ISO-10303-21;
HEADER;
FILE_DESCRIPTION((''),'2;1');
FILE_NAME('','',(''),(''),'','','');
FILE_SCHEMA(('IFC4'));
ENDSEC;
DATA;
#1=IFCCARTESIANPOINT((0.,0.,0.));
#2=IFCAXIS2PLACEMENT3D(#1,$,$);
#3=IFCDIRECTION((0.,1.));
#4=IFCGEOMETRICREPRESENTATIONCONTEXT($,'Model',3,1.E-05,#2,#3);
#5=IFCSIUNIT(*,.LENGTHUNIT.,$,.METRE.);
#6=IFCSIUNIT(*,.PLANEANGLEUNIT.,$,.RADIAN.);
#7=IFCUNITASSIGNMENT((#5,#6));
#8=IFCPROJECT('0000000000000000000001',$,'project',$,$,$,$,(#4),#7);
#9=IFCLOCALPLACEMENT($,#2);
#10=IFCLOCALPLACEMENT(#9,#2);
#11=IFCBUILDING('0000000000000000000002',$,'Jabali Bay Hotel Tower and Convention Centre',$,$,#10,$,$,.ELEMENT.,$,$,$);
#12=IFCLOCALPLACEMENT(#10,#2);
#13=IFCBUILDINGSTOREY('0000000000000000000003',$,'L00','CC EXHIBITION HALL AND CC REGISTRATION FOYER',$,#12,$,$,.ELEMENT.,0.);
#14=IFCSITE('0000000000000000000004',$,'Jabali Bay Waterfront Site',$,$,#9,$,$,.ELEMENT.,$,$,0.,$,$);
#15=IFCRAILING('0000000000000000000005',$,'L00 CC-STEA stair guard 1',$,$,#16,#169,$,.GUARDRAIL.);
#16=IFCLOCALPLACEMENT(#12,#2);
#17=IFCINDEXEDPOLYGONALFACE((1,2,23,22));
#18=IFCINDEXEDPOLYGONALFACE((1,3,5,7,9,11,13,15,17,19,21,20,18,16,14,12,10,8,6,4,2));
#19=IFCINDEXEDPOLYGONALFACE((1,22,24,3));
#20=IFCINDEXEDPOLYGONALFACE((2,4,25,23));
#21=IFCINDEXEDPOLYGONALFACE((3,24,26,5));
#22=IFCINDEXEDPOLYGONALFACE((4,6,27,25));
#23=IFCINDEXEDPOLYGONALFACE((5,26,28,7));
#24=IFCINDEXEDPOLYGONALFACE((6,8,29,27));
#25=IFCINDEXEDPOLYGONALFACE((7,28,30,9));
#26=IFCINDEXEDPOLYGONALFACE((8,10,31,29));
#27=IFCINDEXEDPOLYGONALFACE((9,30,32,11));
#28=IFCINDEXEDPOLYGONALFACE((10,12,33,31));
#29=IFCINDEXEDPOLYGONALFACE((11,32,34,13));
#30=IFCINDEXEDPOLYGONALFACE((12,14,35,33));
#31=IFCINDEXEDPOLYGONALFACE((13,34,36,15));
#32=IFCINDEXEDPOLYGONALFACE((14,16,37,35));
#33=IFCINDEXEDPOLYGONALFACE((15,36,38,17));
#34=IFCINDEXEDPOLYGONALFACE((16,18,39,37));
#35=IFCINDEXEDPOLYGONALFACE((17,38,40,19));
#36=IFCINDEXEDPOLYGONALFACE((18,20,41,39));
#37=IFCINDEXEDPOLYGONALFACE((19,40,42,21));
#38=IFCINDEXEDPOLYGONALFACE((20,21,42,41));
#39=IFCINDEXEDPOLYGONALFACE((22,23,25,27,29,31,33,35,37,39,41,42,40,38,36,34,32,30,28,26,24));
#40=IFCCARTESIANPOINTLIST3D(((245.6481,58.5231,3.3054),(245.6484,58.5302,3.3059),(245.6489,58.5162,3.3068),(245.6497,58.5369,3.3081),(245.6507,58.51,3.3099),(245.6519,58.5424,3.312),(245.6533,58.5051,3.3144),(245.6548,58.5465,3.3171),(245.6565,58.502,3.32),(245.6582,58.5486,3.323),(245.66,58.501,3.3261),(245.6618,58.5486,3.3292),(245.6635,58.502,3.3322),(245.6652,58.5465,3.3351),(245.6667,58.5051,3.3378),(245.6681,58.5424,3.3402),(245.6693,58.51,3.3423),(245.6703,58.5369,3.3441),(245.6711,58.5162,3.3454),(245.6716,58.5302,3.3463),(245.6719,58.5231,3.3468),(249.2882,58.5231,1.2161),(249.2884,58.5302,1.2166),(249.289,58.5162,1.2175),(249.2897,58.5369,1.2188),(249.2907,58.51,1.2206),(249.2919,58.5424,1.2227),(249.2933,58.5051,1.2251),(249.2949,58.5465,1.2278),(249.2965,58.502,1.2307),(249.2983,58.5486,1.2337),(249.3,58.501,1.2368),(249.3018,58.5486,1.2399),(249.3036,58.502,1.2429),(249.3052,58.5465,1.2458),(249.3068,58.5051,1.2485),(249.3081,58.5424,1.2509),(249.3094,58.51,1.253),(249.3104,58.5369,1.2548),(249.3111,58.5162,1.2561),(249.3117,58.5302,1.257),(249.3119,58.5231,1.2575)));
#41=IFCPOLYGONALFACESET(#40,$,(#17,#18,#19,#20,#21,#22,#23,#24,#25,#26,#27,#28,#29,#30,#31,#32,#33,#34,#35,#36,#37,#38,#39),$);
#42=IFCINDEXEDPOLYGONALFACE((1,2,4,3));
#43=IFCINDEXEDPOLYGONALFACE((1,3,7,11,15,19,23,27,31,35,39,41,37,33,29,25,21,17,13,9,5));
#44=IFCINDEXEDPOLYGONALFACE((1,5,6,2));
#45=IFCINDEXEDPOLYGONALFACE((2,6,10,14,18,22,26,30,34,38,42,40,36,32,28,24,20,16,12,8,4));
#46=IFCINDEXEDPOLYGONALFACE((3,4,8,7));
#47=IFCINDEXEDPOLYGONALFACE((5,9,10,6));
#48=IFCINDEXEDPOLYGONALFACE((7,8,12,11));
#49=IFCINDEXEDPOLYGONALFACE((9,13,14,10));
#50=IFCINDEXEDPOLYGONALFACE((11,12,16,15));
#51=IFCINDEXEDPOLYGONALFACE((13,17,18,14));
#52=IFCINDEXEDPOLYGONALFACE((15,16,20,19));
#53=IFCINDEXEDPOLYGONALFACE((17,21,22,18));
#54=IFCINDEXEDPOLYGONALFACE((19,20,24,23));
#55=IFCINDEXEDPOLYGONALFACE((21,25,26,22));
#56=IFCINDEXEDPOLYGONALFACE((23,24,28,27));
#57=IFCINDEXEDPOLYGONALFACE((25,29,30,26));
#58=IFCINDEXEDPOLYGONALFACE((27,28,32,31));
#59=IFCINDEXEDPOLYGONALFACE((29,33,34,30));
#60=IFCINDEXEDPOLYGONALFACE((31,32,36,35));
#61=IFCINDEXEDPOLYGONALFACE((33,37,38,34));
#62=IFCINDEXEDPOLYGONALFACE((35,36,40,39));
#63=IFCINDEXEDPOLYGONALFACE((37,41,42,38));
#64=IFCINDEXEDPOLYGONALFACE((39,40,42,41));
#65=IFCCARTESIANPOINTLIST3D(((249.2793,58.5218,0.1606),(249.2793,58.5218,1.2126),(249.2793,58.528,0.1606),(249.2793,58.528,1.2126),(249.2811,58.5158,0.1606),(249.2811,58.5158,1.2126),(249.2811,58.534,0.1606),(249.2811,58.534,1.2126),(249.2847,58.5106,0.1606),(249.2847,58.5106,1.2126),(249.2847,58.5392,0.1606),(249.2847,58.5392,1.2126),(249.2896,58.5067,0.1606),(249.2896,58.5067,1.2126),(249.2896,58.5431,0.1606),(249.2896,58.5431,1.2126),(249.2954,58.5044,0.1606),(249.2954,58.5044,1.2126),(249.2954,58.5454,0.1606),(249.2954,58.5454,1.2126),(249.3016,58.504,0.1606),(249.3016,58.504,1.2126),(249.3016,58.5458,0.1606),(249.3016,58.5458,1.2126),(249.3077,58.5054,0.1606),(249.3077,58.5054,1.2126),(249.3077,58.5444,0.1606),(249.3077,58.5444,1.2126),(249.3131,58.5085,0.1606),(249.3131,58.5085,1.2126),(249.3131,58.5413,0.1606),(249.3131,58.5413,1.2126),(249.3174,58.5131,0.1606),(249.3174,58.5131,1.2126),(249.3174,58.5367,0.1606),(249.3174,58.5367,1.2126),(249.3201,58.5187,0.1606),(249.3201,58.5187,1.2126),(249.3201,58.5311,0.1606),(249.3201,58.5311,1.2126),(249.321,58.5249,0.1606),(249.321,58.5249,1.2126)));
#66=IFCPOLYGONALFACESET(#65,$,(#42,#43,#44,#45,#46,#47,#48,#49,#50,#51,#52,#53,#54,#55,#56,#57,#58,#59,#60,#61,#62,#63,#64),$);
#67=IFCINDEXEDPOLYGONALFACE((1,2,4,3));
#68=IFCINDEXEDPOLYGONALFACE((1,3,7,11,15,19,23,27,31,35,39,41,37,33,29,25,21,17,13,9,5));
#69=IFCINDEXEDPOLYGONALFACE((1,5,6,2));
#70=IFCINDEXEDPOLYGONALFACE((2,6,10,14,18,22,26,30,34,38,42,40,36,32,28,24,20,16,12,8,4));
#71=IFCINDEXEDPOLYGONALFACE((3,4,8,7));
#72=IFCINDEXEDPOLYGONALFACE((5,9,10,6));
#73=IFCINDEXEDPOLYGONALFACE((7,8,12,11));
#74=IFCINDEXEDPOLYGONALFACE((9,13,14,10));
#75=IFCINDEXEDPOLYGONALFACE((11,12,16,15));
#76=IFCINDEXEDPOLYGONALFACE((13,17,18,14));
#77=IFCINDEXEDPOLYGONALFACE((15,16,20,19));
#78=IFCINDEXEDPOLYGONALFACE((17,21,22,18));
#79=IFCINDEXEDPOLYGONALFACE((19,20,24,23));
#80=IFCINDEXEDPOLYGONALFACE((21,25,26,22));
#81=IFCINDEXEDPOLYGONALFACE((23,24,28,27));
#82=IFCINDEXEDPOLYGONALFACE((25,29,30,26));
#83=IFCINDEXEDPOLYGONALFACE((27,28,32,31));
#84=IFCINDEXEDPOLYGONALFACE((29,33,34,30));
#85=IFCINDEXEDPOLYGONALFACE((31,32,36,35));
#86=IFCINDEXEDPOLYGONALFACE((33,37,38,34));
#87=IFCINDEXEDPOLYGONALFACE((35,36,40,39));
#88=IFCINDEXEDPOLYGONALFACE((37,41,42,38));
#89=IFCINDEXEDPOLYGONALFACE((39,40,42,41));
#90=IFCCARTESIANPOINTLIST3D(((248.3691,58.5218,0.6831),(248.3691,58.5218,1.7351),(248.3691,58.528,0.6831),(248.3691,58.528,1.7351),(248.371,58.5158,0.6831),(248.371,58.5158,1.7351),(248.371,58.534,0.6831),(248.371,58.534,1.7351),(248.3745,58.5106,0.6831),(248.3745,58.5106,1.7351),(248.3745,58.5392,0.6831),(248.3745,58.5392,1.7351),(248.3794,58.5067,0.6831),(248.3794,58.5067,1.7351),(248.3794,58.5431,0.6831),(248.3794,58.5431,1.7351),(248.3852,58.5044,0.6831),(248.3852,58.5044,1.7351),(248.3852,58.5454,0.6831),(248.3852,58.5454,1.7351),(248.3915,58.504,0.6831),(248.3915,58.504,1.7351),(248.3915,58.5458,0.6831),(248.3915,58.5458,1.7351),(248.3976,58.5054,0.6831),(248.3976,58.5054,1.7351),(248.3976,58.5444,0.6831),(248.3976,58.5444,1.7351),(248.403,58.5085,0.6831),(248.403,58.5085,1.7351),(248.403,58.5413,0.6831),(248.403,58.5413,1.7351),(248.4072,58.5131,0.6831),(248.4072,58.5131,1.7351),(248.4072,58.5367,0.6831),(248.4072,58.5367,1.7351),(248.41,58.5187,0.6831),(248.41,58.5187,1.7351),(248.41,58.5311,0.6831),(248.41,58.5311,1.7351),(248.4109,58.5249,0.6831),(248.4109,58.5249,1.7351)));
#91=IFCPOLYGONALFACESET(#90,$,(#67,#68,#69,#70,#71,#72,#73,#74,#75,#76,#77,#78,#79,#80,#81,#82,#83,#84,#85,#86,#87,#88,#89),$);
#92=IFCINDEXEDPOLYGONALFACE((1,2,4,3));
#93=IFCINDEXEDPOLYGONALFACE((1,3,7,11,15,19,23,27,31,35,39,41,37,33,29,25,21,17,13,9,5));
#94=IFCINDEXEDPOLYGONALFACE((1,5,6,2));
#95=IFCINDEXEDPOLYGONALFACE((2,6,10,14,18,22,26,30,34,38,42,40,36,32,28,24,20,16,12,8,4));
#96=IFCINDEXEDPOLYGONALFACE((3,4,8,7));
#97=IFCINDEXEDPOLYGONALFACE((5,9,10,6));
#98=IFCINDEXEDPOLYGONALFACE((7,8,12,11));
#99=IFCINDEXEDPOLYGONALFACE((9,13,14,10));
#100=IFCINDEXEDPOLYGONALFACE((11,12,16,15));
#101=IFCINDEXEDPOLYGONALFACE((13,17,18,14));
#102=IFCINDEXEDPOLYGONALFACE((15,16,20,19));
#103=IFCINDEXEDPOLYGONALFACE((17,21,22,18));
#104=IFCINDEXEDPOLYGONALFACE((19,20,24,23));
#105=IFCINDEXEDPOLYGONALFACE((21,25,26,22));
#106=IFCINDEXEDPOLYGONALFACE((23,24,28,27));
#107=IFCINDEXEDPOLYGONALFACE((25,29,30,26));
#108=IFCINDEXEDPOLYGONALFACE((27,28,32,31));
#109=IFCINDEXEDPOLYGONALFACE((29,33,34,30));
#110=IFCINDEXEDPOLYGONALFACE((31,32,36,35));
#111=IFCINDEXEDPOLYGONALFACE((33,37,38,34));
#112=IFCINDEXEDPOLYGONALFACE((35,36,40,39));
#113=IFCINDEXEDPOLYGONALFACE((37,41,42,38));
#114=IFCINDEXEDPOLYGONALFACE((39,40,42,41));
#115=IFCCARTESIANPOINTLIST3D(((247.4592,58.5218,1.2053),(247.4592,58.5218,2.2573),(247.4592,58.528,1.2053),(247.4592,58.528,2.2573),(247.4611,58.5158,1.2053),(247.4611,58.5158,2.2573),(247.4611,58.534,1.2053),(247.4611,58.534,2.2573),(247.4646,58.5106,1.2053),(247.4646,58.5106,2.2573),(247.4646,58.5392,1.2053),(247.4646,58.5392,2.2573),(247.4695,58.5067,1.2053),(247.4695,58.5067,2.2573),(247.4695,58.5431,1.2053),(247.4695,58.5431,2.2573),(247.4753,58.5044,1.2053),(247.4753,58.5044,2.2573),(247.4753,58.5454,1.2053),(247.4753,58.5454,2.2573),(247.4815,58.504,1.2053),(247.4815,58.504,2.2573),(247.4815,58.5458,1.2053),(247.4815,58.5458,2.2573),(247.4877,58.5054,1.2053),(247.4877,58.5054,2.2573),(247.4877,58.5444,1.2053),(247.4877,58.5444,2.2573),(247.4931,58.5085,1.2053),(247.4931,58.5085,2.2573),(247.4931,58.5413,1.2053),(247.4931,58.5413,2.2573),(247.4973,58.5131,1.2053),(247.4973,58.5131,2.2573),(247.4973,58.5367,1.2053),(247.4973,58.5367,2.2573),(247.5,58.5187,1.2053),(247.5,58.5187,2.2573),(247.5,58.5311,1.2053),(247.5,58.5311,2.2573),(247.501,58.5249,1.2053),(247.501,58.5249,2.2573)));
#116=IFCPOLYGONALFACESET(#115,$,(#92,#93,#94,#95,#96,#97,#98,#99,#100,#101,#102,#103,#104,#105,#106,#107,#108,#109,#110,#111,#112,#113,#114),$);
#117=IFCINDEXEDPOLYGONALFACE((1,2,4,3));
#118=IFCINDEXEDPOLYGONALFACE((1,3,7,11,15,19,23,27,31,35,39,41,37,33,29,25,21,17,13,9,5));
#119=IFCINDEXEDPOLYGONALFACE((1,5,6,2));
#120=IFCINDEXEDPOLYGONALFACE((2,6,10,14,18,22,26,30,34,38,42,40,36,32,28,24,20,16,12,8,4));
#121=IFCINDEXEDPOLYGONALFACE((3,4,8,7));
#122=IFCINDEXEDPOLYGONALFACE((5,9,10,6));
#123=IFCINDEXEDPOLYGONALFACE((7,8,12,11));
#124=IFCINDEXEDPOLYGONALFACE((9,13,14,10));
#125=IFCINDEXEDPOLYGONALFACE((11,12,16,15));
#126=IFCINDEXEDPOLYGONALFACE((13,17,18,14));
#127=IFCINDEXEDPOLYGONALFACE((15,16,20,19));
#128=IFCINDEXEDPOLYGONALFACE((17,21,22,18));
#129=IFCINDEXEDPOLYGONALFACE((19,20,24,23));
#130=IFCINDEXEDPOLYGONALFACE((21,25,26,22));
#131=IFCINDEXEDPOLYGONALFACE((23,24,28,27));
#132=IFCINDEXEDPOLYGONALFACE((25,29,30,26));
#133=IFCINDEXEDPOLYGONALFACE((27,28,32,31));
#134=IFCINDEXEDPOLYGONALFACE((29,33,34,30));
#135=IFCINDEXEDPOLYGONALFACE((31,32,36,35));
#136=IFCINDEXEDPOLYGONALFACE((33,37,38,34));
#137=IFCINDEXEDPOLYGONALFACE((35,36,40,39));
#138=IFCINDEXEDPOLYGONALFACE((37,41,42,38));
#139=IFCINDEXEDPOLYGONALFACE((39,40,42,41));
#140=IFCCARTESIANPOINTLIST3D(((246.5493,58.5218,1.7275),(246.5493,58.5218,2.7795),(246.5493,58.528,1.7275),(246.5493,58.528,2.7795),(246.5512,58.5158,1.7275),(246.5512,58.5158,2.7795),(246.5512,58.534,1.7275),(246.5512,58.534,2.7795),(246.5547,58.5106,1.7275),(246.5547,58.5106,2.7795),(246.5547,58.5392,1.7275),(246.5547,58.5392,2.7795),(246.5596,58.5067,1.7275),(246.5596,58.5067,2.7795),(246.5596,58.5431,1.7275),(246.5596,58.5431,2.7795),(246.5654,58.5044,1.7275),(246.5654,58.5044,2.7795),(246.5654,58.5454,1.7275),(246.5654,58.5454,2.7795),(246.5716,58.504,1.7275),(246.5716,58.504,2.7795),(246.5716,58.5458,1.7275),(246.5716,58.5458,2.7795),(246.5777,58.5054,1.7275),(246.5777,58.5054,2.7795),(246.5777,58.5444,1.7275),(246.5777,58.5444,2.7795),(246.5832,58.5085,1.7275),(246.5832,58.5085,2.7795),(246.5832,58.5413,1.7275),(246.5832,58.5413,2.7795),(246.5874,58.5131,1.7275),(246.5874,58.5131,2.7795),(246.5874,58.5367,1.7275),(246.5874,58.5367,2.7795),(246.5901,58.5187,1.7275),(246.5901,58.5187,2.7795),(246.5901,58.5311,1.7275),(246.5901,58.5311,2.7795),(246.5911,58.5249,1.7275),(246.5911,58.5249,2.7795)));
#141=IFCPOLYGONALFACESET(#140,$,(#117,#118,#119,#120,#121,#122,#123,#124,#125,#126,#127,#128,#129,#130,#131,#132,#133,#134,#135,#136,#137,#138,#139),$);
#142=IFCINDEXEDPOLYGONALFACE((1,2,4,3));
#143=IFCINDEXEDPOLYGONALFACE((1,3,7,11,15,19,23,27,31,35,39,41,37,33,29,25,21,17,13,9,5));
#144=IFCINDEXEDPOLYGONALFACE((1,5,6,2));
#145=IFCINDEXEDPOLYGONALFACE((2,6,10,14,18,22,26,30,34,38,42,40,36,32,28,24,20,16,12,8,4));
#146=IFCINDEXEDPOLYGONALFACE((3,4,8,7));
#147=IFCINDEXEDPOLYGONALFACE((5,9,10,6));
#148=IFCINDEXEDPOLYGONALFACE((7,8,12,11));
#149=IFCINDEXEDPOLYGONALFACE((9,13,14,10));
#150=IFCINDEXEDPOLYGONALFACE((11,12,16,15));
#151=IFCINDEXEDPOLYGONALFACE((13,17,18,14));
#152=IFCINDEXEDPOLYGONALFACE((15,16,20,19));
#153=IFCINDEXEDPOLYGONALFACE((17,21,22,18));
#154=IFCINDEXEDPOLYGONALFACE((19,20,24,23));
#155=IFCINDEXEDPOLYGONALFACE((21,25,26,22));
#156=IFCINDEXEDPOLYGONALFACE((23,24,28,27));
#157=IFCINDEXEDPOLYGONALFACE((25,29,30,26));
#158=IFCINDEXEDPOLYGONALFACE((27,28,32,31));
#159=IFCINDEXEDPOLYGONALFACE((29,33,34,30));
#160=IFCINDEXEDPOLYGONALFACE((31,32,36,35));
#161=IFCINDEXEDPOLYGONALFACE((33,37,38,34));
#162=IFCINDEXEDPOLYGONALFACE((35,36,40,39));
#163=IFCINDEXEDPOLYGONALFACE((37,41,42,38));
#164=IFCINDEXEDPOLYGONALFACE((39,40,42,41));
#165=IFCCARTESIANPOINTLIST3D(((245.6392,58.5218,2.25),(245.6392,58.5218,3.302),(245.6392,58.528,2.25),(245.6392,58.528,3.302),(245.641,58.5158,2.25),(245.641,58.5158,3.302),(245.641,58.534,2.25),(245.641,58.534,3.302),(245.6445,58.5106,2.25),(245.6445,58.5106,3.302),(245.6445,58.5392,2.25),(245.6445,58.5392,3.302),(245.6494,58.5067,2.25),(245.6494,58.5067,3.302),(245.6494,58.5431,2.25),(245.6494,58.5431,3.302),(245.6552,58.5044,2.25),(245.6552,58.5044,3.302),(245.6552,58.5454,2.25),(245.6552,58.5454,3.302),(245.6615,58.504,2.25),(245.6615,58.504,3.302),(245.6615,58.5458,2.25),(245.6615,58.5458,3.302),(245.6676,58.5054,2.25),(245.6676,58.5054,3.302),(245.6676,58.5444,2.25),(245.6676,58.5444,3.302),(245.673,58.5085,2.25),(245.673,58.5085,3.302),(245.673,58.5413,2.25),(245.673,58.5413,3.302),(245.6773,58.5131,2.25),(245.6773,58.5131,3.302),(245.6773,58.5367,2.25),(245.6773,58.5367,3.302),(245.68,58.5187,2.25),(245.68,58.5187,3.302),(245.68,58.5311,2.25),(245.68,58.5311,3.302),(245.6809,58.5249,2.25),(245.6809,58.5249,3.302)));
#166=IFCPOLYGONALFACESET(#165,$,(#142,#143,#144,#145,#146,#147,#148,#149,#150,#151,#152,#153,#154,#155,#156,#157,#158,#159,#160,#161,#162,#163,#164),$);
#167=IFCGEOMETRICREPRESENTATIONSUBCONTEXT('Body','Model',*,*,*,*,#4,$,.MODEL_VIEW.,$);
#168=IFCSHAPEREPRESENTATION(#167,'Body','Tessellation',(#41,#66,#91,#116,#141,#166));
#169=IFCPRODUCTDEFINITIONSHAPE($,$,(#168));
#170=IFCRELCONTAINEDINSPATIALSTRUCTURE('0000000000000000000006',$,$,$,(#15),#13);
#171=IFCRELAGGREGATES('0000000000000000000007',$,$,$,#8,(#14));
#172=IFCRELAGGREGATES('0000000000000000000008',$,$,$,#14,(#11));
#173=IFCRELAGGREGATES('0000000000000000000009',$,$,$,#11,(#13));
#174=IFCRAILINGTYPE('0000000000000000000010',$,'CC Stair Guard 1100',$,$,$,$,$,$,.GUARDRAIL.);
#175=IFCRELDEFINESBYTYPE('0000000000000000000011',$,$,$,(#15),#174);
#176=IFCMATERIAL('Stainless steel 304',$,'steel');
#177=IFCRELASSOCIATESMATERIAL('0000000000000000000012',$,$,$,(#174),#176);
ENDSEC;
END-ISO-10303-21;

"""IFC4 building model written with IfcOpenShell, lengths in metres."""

from ifc_helpers import new_model, si_unit, direction, frame, origin, origin_2d, place, context, subcontext, project, spatial, circle, extrude, material, type_object, element, save


model = new_model("IFC4")

# Units and contexts
model_context = context("Model", 3, precision=1e-05, world=origin(), true_north=direction((0.0, 1.0)))
body_context = subcontext(model_context, "Body", "Model", "MODEL_VIEW")
ifc_project = project(units=[si_unit("LENGTHUNIT", "METRE"), si_unit("PLANEANGLEUNIT", "RADIAN")], contexts=[model_context])

# Site, building, storey
site_placement = place(None, origin())
site = spatial("IfcSite", under=ifc_project, at=site_placement, Name="Jabali Bay Waterfront Site", CompositionType="ELEMENT", RefElevation=0.0)
building_placement = place(site_placement, origin())
building = spatial("IfcBuilding", under=site, at=building_placement, Name="Jabali Bay Hotel Tower and Convention Centre", CompositionType="ELEMENT")
storey_placement = place(building_placement, origin())
storey = spatial("IfcBuildingStorey", under=building, at=storey_placement, Name="L00", Description="CC EXHIBITION HALL AND CC REGISTRATION FOYER", CompositionType="ELEMENT", Elevation=0.0)

# Railing
ifc_material_1 = material(Name="Stainless steel 304", Category="steel")
railing_type_1 = type_object("IfcRailingType", Name="CC Stair Guard 1100", PredefinedType="GUARDRAIL", material=ifc_material_1)
railing_1_placement = place(storey_placement, frame((249.3, 58.5249, 0.1606)))
element("IfcRailing", 1, at=railing_1_placement, inside=storey, type_object=railing_type_1, Name="L00 CC-STEA stair guard 1", PredefinedType="GUARDRAIL", context=body_context, shape_type="SweptSolid", body=[
    extrude(circle(Radius=0.0239, at=origin_2d()), frame((0.0, 0.0, 1.0762), z_axis=(-0.867289, 0.0, 0.497804), x_axis=(0.0, -1.0, 0.0)), (0.0, 0.0, 1.0), 4.197),
    extrude(circle(Radius=0.021, at=origin_2d()), origin(), (0.0, 0.0, 1.0), 1.052),
    extrude(circle(Radius=0.021, at=origin_2d()), frame((-0.9102, 0.0, 0.5225)), (0.0, 0.0, 1.0), 1.052),
    extrude(circle(Radius=0.021, at=origin_2d()), frame((-1.8201, 0.0, 1.0447)), (0.0, 0.0, 1.0), 1.052),
    extrude(circle(Radius=0.021, at=origin_2d()), frame((-2.73, 0.0, 1.5669)), (0.0, 0.0, 1.0), 1.052),
    extrude(circle(Radius=0.021, at=origin_2d()), frame((-3.6401, 0.0, 2.0894)), (0.0, 0.0, 1.0), 1.052),
])

save(model, "model.ifc")
